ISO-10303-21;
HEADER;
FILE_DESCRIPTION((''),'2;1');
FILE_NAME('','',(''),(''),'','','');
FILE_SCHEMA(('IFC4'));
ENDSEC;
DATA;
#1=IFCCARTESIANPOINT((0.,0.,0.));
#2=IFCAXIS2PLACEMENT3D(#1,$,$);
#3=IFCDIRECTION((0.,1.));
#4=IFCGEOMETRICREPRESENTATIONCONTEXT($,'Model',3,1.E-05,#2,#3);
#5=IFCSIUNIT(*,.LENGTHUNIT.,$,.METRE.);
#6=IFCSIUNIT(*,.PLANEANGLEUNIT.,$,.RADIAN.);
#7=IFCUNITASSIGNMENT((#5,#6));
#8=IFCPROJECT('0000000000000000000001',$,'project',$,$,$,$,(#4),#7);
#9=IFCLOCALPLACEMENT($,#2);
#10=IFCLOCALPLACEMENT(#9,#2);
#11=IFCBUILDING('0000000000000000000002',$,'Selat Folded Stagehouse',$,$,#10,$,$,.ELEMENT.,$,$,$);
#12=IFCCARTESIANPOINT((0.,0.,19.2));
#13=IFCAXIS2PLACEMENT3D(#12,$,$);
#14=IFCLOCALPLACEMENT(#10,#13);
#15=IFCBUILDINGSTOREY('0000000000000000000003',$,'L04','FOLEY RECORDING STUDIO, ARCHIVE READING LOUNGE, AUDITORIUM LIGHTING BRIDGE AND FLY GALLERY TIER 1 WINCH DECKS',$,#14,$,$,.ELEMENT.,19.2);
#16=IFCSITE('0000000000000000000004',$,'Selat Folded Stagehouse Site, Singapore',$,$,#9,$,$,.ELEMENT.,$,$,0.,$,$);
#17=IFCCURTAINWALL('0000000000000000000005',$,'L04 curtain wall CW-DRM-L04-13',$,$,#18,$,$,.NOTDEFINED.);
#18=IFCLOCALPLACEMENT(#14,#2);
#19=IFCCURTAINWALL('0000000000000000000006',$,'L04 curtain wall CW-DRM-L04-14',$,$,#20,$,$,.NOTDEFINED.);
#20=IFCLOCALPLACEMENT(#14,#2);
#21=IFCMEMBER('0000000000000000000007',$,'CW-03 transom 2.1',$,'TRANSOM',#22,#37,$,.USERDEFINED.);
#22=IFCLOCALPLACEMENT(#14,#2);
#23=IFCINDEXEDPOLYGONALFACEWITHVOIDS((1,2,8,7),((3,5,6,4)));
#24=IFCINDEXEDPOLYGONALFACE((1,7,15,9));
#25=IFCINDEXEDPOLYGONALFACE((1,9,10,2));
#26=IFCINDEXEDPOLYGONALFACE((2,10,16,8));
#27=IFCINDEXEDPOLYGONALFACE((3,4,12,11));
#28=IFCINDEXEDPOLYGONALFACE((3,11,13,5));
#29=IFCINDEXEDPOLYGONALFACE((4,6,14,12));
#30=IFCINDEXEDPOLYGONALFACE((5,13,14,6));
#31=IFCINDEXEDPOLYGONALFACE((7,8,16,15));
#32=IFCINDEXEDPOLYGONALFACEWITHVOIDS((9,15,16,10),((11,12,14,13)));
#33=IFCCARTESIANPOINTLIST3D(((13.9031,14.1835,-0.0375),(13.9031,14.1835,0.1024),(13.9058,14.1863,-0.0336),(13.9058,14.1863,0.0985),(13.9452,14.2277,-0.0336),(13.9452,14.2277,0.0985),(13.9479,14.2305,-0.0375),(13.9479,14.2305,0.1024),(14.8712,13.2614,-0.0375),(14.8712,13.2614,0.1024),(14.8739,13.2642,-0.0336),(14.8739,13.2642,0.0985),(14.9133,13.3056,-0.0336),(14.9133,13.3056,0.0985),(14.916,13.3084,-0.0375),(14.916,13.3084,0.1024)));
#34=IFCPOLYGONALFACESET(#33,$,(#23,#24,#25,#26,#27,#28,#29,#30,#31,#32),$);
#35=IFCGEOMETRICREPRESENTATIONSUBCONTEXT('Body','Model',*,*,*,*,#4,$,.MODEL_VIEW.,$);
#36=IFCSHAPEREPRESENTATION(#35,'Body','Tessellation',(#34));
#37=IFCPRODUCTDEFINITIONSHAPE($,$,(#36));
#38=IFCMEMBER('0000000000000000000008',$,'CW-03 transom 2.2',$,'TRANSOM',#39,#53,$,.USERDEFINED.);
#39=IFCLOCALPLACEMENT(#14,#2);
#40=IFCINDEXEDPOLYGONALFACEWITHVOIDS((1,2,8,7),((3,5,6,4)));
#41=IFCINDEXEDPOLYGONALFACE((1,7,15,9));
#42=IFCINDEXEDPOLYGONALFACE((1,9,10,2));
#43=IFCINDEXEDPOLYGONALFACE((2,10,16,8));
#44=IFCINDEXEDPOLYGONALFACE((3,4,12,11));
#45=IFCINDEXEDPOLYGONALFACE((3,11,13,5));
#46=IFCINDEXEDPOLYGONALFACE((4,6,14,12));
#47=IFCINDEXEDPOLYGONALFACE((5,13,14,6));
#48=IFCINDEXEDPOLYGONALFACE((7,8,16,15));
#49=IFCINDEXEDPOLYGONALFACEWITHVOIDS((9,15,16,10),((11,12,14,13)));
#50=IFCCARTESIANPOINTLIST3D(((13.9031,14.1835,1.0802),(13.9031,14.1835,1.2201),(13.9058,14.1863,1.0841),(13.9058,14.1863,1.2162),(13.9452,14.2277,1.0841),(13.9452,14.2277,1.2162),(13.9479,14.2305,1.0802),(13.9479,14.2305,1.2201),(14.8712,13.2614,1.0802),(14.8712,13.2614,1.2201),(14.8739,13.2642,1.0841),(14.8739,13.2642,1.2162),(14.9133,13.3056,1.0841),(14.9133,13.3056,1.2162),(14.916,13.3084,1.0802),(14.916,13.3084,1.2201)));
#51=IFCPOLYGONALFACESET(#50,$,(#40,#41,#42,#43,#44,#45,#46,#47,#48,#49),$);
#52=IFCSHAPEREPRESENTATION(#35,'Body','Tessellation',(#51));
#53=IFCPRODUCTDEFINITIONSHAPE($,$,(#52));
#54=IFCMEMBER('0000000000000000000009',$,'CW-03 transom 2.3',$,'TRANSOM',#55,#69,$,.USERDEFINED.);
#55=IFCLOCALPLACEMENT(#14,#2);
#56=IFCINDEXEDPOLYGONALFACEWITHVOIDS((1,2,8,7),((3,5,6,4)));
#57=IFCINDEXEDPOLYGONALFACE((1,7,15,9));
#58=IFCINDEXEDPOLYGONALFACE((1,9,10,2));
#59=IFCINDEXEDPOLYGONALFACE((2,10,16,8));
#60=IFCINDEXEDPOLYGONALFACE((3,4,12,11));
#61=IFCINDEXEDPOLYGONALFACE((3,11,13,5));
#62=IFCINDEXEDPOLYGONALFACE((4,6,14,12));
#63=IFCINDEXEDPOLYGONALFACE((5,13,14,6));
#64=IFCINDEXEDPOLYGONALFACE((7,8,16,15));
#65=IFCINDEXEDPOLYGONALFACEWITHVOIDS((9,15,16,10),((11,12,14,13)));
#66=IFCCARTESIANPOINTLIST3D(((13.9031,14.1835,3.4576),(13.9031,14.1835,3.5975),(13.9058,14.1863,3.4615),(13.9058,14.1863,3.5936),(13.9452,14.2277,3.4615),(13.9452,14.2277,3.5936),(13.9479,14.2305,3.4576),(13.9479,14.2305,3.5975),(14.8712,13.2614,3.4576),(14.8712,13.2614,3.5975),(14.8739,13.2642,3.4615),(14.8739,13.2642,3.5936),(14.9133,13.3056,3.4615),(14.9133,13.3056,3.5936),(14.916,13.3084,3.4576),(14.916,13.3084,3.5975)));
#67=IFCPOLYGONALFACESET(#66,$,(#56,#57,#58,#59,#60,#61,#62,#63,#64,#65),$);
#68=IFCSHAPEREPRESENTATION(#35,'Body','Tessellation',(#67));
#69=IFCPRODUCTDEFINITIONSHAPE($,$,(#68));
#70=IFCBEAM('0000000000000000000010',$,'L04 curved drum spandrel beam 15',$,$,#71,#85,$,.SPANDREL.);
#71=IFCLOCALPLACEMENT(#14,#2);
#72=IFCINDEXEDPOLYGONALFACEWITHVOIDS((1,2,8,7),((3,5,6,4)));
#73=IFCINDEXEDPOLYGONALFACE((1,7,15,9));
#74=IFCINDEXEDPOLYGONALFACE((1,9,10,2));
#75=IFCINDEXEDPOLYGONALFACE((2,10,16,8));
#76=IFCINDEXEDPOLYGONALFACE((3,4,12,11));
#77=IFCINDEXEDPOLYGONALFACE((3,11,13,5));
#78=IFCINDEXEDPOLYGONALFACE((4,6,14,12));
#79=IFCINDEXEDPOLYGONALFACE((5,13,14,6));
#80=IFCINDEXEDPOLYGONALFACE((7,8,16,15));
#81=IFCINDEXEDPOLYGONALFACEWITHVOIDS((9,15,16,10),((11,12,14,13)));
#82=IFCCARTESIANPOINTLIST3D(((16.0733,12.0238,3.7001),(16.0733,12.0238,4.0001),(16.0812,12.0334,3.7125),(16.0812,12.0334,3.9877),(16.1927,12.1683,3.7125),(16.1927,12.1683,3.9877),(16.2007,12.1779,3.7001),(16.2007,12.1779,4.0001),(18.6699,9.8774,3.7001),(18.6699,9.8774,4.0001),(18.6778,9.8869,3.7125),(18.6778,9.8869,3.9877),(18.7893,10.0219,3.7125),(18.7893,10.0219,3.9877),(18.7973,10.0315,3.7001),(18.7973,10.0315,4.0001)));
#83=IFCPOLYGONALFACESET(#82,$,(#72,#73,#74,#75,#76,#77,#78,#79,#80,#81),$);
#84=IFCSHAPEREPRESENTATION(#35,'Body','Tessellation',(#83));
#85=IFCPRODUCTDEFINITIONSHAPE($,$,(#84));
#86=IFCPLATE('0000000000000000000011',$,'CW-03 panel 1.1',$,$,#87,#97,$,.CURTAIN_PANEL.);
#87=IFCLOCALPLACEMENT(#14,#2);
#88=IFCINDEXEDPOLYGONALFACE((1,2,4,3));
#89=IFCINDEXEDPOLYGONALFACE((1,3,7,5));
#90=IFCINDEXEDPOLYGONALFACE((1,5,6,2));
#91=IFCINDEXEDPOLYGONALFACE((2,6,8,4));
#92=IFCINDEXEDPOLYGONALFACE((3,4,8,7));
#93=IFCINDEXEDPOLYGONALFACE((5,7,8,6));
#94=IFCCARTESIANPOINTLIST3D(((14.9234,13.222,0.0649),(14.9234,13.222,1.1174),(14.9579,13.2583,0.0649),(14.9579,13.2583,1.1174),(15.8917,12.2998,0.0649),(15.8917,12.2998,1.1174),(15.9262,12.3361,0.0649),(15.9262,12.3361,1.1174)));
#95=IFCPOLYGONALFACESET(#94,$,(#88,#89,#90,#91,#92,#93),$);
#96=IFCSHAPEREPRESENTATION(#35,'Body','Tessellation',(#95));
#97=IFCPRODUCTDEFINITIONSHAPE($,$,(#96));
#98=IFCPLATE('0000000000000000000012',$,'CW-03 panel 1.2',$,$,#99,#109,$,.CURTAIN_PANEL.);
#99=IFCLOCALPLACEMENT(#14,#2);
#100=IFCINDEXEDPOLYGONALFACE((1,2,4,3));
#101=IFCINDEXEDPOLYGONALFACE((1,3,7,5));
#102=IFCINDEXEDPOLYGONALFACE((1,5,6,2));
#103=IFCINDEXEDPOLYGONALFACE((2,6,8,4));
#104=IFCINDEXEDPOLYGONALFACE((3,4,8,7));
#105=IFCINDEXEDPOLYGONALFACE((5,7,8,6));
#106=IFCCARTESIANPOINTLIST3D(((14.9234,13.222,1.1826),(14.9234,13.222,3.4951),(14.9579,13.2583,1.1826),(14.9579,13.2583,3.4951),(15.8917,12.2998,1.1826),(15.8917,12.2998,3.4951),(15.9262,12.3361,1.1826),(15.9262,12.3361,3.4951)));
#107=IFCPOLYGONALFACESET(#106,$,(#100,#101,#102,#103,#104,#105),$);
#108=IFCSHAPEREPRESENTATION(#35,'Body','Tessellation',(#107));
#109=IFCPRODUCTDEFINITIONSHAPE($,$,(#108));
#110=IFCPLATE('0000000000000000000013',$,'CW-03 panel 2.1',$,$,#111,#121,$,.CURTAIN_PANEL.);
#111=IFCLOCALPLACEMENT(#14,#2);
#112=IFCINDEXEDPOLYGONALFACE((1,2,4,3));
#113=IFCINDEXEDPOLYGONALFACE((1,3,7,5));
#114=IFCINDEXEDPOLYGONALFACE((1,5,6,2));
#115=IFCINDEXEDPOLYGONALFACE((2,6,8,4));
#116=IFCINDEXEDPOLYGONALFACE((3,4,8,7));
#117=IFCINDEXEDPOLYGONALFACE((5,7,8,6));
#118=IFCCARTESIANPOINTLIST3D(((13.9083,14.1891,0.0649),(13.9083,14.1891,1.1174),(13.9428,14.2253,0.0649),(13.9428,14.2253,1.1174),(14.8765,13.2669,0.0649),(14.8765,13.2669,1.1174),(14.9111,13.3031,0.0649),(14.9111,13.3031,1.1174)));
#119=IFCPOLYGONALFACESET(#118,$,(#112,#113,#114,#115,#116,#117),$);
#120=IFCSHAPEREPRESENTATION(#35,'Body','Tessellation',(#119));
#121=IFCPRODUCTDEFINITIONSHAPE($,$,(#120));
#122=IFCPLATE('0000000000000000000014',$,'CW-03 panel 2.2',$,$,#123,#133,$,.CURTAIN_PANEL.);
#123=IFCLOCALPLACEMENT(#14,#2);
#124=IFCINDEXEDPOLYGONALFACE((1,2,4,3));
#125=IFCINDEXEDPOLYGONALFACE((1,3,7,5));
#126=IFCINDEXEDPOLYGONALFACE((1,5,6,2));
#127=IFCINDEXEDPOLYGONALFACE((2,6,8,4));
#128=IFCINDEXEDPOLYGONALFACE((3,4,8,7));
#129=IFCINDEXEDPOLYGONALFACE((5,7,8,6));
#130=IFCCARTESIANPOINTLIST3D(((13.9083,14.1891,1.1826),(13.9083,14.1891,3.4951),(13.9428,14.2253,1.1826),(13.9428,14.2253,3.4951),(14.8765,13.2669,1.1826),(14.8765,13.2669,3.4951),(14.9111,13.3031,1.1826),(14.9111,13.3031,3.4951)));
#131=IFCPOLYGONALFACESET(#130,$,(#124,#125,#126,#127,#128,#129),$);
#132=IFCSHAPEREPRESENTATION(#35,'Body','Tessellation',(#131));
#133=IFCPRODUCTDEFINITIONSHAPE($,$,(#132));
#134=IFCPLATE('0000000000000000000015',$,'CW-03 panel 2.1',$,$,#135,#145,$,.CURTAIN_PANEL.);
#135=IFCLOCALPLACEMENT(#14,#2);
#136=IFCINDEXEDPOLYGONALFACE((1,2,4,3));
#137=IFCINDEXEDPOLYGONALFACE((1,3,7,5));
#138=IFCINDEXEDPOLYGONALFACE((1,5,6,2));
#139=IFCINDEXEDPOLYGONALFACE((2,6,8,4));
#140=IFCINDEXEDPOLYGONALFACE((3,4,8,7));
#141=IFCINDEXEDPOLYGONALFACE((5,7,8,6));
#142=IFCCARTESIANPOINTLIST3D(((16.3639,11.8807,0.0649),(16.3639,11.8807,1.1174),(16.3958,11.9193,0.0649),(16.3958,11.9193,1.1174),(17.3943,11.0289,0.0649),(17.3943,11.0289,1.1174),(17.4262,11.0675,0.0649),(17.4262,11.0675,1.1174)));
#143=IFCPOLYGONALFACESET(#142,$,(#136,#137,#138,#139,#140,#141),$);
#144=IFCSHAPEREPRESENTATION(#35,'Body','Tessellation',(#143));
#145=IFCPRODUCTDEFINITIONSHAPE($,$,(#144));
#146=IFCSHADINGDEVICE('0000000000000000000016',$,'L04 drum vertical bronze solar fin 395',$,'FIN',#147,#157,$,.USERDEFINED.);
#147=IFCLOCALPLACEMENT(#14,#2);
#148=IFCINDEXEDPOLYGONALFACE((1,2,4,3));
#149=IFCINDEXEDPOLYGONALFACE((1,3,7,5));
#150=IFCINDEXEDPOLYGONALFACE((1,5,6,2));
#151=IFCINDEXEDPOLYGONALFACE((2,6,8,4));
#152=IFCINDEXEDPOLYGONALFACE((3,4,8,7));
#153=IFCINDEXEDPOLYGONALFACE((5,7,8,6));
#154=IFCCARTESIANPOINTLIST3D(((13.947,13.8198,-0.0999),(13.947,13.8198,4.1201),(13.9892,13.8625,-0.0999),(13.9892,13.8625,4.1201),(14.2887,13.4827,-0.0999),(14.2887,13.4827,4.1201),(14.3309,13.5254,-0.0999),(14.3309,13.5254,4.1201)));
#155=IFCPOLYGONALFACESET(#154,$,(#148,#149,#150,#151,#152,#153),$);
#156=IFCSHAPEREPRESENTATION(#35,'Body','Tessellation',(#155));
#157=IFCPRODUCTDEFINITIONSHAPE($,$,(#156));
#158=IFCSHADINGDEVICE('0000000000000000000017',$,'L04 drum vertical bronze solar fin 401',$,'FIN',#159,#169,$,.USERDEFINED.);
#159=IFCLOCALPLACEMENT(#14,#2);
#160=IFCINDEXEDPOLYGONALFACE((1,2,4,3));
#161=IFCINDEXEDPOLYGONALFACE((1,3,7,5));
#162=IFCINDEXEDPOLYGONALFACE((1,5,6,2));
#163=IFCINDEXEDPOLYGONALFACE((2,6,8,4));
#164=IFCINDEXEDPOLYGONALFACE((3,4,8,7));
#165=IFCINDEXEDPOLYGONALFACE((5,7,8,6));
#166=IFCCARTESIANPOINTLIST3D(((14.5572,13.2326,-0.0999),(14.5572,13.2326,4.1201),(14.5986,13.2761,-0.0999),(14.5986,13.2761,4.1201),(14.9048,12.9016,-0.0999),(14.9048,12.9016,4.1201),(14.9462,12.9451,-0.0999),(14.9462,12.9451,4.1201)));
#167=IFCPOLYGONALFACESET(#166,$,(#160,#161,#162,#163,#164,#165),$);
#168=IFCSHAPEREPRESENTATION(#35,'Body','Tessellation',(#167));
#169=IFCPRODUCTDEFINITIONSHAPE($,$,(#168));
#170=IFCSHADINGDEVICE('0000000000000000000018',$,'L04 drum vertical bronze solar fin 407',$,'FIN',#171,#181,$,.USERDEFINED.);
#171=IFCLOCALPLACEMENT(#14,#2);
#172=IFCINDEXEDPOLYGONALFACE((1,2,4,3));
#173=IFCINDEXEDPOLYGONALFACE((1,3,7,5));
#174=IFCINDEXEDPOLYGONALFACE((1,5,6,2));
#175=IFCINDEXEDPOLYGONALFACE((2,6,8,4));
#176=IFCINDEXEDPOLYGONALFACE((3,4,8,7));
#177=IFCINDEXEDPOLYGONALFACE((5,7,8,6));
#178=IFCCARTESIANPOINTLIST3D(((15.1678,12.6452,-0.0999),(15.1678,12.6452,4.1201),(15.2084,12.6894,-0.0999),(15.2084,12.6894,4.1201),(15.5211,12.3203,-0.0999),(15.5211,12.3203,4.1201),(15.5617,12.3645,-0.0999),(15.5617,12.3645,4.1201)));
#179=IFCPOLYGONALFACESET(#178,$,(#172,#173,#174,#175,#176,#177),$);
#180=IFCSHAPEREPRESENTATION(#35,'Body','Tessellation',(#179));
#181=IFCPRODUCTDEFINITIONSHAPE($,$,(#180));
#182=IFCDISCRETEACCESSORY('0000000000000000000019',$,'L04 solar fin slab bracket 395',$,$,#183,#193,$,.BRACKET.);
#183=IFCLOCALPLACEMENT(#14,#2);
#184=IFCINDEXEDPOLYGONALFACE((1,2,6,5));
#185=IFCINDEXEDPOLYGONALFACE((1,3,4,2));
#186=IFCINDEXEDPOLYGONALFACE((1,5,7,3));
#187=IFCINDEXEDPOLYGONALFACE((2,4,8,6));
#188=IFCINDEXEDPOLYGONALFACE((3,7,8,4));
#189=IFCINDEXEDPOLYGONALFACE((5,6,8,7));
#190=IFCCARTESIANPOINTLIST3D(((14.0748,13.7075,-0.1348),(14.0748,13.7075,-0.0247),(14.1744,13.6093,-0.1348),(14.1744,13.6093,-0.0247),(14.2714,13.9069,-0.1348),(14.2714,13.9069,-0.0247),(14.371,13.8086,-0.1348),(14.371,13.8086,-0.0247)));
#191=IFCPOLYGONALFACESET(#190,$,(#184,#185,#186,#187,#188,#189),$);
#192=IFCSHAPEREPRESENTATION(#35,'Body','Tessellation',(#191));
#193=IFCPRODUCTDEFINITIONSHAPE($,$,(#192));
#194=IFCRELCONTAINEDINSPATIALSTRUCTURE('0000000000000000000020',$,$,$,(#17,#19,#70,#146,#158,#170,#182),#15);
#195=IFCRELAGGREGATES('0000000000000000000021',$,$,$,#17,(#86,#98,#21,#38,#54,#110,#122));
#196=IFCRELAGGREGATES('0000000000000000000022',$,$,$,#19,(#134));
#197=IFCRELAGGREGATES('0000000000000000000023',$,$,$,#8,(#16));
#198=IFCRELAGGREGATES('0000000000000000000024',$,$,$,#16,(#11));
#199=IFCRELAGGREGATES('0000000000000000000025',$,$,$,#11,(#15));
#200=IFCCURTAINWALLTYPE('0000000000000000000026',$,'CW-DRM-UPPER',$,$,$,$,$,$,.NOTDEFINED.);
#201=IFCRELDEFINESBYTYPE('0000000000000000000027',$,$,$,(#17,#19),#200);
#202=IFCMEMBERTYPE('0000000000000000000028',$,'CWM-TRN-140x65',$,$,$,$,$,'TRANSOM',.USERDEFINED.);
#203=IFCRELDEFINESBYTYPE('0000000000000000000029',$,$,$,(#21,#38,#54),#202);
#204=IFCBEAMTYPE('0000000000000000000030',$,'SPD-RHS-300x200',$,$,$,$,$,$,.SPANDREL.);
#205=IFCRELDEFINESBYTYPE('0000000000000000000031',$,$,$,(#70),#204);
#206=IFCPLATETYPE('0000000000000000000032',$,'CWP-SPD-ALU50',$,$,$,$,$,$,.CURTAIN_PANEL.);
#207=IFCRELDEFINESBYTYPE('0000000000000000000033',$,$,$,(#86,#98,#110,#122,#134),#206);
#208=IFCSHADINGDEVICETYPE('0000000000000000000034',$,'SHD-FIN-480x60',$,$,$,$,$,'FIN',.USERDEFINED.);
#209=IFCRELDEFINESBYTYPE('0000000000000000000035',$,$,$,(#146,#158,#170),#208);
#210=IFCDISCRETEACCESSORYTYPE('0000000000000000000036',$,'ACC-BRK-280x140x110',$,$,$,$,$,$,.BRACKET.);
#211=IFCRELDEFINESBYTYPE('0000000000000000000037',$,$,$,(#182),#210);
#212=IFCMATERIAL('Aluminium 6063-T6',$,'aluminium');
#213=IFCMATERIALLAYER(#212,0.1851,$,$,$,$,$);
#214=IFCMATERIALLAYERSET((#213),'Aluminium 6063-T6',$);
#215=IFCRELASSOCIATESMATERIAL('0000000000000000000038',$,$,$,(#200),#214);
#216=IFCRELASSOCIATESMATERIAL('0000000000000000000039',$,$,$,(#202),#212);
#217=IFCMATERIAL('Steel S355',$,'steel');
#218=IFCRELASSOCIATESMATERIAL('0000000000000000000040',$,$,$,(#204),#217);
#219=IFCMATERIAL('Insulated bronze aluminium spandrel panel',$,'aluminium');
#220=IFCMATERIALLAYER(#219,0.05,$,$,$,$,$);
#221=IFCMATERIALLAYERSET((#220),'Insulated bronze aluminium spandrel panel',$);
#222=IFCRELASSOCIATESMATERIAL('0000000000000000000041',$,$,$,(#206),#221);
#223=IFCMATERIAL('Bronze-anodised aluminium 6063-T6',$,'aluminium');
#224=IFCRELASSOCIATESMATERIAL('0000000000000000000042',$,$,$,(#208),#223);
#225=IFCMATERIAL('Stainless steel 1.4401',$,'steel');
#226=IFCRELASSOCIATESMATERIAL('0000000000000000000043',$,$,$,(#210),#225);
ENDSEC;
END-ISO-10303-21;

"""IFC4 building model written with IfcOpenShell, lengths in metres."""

from ifc_helpers import new_model, si_unit, direction, frame, origin, origin_2d, place, context, subcontext, project, spatial, rectangle, hollow_rectangle, extrude, material, layer, layer_set, material_profile, profile_set, type_object, element, aggregate, save


model = new_model("IFC4")

# Units and contexts
model_context = context("Model", 3, precision=1e-05, world=origin(), true_north=direction((0.0, 1.0)))
body_context = subcontext(model_context, "Body", "Model", "MODEL_VIEW")
ifc_project = project(units=[si_unit("LENGTHUNIT", "METRE"), si_unit("PLANEANGLEUNIT", "RADIAN")], contexts=[model_context])

# Site, building, storey
site_placement = place(None, origin())
site = spatial("IfcSite", under=ifc_project, at=site_placement, Name="Selat Folded Stagehouse Site, Singapore", CompositionType="ELEMENT", RefElevation=0.0)
building_placement = place(site_placement, origin())
building = spatial("IfcBuilding", under=site, at=building_placement, Name="Selat Folded Stagehouse", CompositionType="ELEMENT")
storey_placement = place(building_placement, frame((0.0, 0.0, 19.2)))
storey = spatial("IfcBuildingStorey", under=building, at=storey_placement, Name="L04", Description="FOLEY RECORDING STUDIO, ARCHIVE READING LOUNGE, AUDITORIUM LIGHTING BRIDGE AND FLY GALLERY TIER 1 WINCH DECKS", CompositionType="ELEMENT", Elevation=19.2)

# Shared definitions
ifc_material_1 = material(Name="Steel S355", Category="steel")

# Curtain wall
ifc_material_2 = material(Name="Aluminium 6063-T6", Category="aluminium")
ifc_layer_1 = layer(ifc_material_2, 0.1851)
ifc_layer_set_1 = layer_set([ifc_layer_1], Name="Aluminium 6063-T6")
curtain_wall_type = type_object("IfcCurtainWallType", Name="CW-DRM-UPPER", PredefinedType="NOTDEFINED", material=ifc_layer_set_1)
curtain_wall_1_placement = place(storey_placement, origin())
curtain_wall_1 = element("IfcCurtainWall", 1, at=curtain_wall_1_placement, inside=storey, type_object=curtain_wall_type, Name="L04 curtain wall CW-DRM-L04-13", PredefinedType="NOTDEFINED")

# Curtain wall
curtain_wall_2_placement = place(storey_placement, origin())
curtain_wall_2 = element("IfcCurtainWall", 2, at=curtain_wall_2_placement, inside=storey, type_object=curtain_wall_type, Name="L04 curtain wall CW-DRM-L04-14", PredefinedType="NOTDEFINED")

# Members
ifc_material_profile_1 = material_profile(ifc_material_2, hollow_rectangle(XDim=0.0649, YDim=0.1399, WallThickness=0.0039, at=origin_2d()), Name="ALU 140x65x4.0")
ifc_profile_set_1 = profile_set([ifc_material_profile_1], Name="Aluminium 6063-T6")
member_type_1 = type_object("IfcMemberType", Name="CWM-TRN-140x65", ElementType="TRANSOM", PredefinedType="USERDEFINED", material=ifc_profile_set_1)
member_1_placement = place(storey_placement, frame((14.8936, 13.2849, 0.0325), z_axis=(-0.724064, 0.689733, 0.0), x_axis=(-0.689733, -0.724064, 0.0)))
member_1 = element("IfcMember", 3, at=member_1_placement, type_object=member_type_1, Name="CW-03 transom 2.1", ObjectType="TRANSOM", PredefinedType="USERDEFINED", context=body_context, shape_type="SweptSolid", body=[
    extrude(hollow_rectangle(XDim=0.0649, YDim=0.1399, WallThickness=0.0039, at=origin_2d()), origin(), (0.0, 0.0, 1.0), 1.3369),
])
member_2_placement = place(storey_placement, frame((14.8936, 13.2849, 1.1501), z_axis=(-0.724064, 0.689733, 0.0), x_axis=(-0.689733, -0.724064, 0.0)))
member_2 = element("IfcMember", 4, at=member_2_placement, type_object=member_type_1, Name="CW-03 transom 2.2", ObjectType="TRANSOM", PredefinedType="USERDEFINED", context=body_context, shape_type="SweptSolid", body=[
    extrude(hollow_rectangle(XDim=0.0649, YDim=0.1399, WallThickness=0.0039, at=origin_2d()), origin(), (0.0, 0.0, 1.0), 1.3369),
])
member_3_placement = place(storey_placement, frame((14.8936, 13.2849, 3.5276), z_axis=(-0.724064, 0.689733, 0.0), x_axis=(-0.689733, -0.724064, 0.0)))
member_3 = element("IfcMember", 5, at=member_3_placement, type_object=member_type_1, Name="CW-03 transom 2.3", ObjectType="TRANSOM", PredefinedType="USERDEFINED", context=body_context, shape_type="SweptSolid", body=[
    extrude(hollow_rectangle(XDim=0.0649, YDim=0.1399, WallThickness=0.0039, at=origin_2d()), origin(), (0.0, 0.0, 1.0), 1.3369),
])

# Beam
ifc_material_profile_2 = material_profile(ifc_material_1, hollow_rectangle(XDim=0.2, YDim=0.3, WallThickness=0.0125, at=origin_2d()), Name="RHS 300x200x12.5")
ifc_profile_set_2 = profile_set([ifc_material_profile_2], Name="Steel S355")
beam_type = type_object("IfcBeamType", Name="SPD-RHS-300x200", PredefinedType="SPANDREL", material=ifc_profile_set_2)
beam_placement = place(storey_placement, frame((16.137, 12.1008, 3.8501), z_axis=(0.770758, -0.637129, 0.0), x_axis=(0.637129, 0.770758, 0.0)))
element("IfcBeam", 6, at=beam_placement, inside=storey, type_object=beam_type, Name="L04 curved drum spandrel beam 15", PredefinedType="SPANDREL", context=body_context, shape_type="SweptSolid", body=[
    extrude(hollow_rectangle(XDim=0.2, YDim=0.3, WallThickness=0.0125, at=origin_2d()), origin(), (0.0, 0.0, 1.0), 3.3689),
])

# Plates
ifc_material_3 = material(Name="Insulated bronze aluminium spandrel panel", Category="aluminium")
ifc_layer_2 = layer(ifc_material_3, 0.05)
ifc_layer_set_2 = layer_set([ifc_layer_2], Name="Insulated bronze aluminium spandrel panel")
plate_type = type_object("IfcPlateType", Name="CWP-SPD-ALU50", PredefinedType="CURTAIN_PANEL", material=ifc_layer_set_2)
plate_1_placement = place(storey_placement, frame((15.4248, 12.7791, 0.0649), z_axis=(0.0, 0.0, 1.0), x_axis=(-0.724132, 0.689661, 0.0)))
plate_1 = element("IfcPlate", 7, at=plate_1_placement, type_object=plate_type, Name="CW-03 panel 1.1", PredefinedType="CURTAIN_PANEL", context=body_context, shape_type="SweptSolid", body=[
    extrude(rectangle(XDim=1.3372, YDim=0.05, at=origin_2d()), origin(), (0.0, 0.0, 1.0), 1.0525),
])
plate_2_placement = place(storey_placement, frame((15.4248, 12.7791, 1.1826), z_axis=(0.0, 0.0, 1.0), x_axis=(-0.724132, 0.689661, 0.0)))
plate_2 = element("IfcPlate", 8, at=plate_2_placement, type_object=plate_type, Name="CW-03 panel 1.2", PredefinedType="CURTAIN_PANEL", context=body_context, shape_type="SweptSolid", body=[
    extrude(rectangle(XDim=1.3372, YDim=0.05, at=origin_2d()), origin(), (0.0, 0.0, 1.0), 2.3125),
])
plate_3_placement = place(storey_placement, frame((14.4097, 13.7461, 0.0649), z_axis=(0.0, 0.0, 1.0), x_axis=(-0.724132, 0.689661, 0.0)))
plate_3 = element("IfcPlate", 9, at=plate_3_placement, type_object=plate_type, Name="CW-03 panel 2.1", PredefinedType="CURTAIN_PANEL", context=body_context, shape_type="SweptSolid", body=[
    extrude(rectangle(XDim=1.3372, YDim=0.05, at=origin_2d()), origin(), (0.0, 0.0, 1.0), 1.0525),
])
plate_4_placement = place(storey_placement, frame((14.4097, 13.7461, 1.1826), z_axis=(0.0, 0.0, 1.0), x_axis=(-0.724132, 0.689661, 0.0)))
plate_4 = element("IfcPlate", 10, at=plate_4_placement, type_object=plate_type, Name="CW-03 panel 2.2", PredefinedType="CURTAIN_PANEL", context=body_context, shape_type="SweptSolid", body=[
    extrude(rectangle(XDim=1.3372, YDim=0.05, at=origin_2d()), origin(), (0.0, 0.0, 1.0), 2.3125),
])
aggregate(curtain_wall_1, [plate_1, plate_2, member_1, member_2, member_3, plate_3, plate_4])
plate_5_placement = place(storey_placement, frame((16.895, 11.4741, 0.0649), z_axis=(0.0, 0.0, 1.0), x_axis=(-0.770747, 0.637142, 0.0)))
plate_5 = element("IfcPlate", 11, at=plate_5_placement, type_object=plate_type, Name="CW-03 panel 2.1", PredefinedType="CURTAIN_PANEL", context=body_context, shape_type="SweptSolid", body=[
    extrude(rectangle(XDim=1.3369, YDim=0.05, at=origin_2d()), origin(), (0.0, 0.0, 1.0), 1.0525),
])
aggregate(curtain_wall_2, [plate_5])

# Shading devices
ifc_material_4 = material(Name="Bronze-anodised aluminium 6063-T6", Category="aluminium")
ifc_material_profile_3 = material_profile(ifc_material_4, rectangle(XDim=0.0601, YDim=0.48, at=origin_2d()), Name="SOLAR-FIN 480x60")
ifc_profile_set_3 = profile_set([ifc_material_profile_3], Name="Bronze-anodised aluminium 6063-T6")
shading_device_type = type_object("IfcShadingDeviceType", Name="SHD-FIN-480x60", ElementType="FIN", PredefinedType="USERDEFINED", material=ifc_profile_set_3)
for number, where, z_axis, x_axis, name in (
    (12, (14.1389, 13.6726, -0.0999), (0.0, 0.0, 1.0), (-0.702277, -0.711903, 0.0), "L04 drum vertical bronze solar fin 395"),
    (13, (14.7517, 13.0889, -0.0999), (0.0, 0.0, 1.0), (-0.68962, -0.724172, 0.0), "L04 drum vertical bronze solar fin 401"),
    (14, (15.3647, 12.5049, -0.0999), (0.0, 0.0, 1.0), (-0.676876, -0.736097, 0.0), "L04 drum vertical bronze solar fin 407"),
):
    element("IfcShadingDevice", number, at=place(storey_placement, frame(where, z_axis=z_axis, x_axis=x_axis)), inside=storey, type_object=shading_device_type, Name=name, ObjectType="FIN", PredefinedType="USERDEFINED", context=body_context, shape_type="SweptSolid", body=[
        extrude(rectangle(XDim=0.0601, YDim=0.48, at=origin_2d()), origin(), (0.0, 0.0, 1.0), 4.22),
    ])

# Discrete accessory
ifc_material_5 = material(Name="Stainless steel 1.4401", Category="steel")
discrete_accessory_type = type_object("IfcDiscreteAccessoryType", Name="ACC-BRK-280x140x110", PredefinedType="BRACKET", material=ifc_material_5)
for number, where, z_axis, x_axis, name in (
    (15, (14.2229, 13.7581, -0.1348), (0.0, 0.0, 1.0), (-0.702277, -0.711903, 0.0), "L04 solar fin slab bracket 395"),
):
    element("IfcDiscreteAccessory", number, at=place(storey_placement, frame(where, z_axis=z_axis, x_axis=x_axis)), inside=storey, type_object=discrete_accessory_type, Name=name, PredefinedType="BRACKET", context=body_context, shape_type="SweptSolid", body=[
        extrude(rectangle(XDim=0.28, YDim=0.1399, at=origin_2d()), origin(), (0.0, 0.0, 1.0), 0.1101),
    ])

save(model, "model.ifc")
